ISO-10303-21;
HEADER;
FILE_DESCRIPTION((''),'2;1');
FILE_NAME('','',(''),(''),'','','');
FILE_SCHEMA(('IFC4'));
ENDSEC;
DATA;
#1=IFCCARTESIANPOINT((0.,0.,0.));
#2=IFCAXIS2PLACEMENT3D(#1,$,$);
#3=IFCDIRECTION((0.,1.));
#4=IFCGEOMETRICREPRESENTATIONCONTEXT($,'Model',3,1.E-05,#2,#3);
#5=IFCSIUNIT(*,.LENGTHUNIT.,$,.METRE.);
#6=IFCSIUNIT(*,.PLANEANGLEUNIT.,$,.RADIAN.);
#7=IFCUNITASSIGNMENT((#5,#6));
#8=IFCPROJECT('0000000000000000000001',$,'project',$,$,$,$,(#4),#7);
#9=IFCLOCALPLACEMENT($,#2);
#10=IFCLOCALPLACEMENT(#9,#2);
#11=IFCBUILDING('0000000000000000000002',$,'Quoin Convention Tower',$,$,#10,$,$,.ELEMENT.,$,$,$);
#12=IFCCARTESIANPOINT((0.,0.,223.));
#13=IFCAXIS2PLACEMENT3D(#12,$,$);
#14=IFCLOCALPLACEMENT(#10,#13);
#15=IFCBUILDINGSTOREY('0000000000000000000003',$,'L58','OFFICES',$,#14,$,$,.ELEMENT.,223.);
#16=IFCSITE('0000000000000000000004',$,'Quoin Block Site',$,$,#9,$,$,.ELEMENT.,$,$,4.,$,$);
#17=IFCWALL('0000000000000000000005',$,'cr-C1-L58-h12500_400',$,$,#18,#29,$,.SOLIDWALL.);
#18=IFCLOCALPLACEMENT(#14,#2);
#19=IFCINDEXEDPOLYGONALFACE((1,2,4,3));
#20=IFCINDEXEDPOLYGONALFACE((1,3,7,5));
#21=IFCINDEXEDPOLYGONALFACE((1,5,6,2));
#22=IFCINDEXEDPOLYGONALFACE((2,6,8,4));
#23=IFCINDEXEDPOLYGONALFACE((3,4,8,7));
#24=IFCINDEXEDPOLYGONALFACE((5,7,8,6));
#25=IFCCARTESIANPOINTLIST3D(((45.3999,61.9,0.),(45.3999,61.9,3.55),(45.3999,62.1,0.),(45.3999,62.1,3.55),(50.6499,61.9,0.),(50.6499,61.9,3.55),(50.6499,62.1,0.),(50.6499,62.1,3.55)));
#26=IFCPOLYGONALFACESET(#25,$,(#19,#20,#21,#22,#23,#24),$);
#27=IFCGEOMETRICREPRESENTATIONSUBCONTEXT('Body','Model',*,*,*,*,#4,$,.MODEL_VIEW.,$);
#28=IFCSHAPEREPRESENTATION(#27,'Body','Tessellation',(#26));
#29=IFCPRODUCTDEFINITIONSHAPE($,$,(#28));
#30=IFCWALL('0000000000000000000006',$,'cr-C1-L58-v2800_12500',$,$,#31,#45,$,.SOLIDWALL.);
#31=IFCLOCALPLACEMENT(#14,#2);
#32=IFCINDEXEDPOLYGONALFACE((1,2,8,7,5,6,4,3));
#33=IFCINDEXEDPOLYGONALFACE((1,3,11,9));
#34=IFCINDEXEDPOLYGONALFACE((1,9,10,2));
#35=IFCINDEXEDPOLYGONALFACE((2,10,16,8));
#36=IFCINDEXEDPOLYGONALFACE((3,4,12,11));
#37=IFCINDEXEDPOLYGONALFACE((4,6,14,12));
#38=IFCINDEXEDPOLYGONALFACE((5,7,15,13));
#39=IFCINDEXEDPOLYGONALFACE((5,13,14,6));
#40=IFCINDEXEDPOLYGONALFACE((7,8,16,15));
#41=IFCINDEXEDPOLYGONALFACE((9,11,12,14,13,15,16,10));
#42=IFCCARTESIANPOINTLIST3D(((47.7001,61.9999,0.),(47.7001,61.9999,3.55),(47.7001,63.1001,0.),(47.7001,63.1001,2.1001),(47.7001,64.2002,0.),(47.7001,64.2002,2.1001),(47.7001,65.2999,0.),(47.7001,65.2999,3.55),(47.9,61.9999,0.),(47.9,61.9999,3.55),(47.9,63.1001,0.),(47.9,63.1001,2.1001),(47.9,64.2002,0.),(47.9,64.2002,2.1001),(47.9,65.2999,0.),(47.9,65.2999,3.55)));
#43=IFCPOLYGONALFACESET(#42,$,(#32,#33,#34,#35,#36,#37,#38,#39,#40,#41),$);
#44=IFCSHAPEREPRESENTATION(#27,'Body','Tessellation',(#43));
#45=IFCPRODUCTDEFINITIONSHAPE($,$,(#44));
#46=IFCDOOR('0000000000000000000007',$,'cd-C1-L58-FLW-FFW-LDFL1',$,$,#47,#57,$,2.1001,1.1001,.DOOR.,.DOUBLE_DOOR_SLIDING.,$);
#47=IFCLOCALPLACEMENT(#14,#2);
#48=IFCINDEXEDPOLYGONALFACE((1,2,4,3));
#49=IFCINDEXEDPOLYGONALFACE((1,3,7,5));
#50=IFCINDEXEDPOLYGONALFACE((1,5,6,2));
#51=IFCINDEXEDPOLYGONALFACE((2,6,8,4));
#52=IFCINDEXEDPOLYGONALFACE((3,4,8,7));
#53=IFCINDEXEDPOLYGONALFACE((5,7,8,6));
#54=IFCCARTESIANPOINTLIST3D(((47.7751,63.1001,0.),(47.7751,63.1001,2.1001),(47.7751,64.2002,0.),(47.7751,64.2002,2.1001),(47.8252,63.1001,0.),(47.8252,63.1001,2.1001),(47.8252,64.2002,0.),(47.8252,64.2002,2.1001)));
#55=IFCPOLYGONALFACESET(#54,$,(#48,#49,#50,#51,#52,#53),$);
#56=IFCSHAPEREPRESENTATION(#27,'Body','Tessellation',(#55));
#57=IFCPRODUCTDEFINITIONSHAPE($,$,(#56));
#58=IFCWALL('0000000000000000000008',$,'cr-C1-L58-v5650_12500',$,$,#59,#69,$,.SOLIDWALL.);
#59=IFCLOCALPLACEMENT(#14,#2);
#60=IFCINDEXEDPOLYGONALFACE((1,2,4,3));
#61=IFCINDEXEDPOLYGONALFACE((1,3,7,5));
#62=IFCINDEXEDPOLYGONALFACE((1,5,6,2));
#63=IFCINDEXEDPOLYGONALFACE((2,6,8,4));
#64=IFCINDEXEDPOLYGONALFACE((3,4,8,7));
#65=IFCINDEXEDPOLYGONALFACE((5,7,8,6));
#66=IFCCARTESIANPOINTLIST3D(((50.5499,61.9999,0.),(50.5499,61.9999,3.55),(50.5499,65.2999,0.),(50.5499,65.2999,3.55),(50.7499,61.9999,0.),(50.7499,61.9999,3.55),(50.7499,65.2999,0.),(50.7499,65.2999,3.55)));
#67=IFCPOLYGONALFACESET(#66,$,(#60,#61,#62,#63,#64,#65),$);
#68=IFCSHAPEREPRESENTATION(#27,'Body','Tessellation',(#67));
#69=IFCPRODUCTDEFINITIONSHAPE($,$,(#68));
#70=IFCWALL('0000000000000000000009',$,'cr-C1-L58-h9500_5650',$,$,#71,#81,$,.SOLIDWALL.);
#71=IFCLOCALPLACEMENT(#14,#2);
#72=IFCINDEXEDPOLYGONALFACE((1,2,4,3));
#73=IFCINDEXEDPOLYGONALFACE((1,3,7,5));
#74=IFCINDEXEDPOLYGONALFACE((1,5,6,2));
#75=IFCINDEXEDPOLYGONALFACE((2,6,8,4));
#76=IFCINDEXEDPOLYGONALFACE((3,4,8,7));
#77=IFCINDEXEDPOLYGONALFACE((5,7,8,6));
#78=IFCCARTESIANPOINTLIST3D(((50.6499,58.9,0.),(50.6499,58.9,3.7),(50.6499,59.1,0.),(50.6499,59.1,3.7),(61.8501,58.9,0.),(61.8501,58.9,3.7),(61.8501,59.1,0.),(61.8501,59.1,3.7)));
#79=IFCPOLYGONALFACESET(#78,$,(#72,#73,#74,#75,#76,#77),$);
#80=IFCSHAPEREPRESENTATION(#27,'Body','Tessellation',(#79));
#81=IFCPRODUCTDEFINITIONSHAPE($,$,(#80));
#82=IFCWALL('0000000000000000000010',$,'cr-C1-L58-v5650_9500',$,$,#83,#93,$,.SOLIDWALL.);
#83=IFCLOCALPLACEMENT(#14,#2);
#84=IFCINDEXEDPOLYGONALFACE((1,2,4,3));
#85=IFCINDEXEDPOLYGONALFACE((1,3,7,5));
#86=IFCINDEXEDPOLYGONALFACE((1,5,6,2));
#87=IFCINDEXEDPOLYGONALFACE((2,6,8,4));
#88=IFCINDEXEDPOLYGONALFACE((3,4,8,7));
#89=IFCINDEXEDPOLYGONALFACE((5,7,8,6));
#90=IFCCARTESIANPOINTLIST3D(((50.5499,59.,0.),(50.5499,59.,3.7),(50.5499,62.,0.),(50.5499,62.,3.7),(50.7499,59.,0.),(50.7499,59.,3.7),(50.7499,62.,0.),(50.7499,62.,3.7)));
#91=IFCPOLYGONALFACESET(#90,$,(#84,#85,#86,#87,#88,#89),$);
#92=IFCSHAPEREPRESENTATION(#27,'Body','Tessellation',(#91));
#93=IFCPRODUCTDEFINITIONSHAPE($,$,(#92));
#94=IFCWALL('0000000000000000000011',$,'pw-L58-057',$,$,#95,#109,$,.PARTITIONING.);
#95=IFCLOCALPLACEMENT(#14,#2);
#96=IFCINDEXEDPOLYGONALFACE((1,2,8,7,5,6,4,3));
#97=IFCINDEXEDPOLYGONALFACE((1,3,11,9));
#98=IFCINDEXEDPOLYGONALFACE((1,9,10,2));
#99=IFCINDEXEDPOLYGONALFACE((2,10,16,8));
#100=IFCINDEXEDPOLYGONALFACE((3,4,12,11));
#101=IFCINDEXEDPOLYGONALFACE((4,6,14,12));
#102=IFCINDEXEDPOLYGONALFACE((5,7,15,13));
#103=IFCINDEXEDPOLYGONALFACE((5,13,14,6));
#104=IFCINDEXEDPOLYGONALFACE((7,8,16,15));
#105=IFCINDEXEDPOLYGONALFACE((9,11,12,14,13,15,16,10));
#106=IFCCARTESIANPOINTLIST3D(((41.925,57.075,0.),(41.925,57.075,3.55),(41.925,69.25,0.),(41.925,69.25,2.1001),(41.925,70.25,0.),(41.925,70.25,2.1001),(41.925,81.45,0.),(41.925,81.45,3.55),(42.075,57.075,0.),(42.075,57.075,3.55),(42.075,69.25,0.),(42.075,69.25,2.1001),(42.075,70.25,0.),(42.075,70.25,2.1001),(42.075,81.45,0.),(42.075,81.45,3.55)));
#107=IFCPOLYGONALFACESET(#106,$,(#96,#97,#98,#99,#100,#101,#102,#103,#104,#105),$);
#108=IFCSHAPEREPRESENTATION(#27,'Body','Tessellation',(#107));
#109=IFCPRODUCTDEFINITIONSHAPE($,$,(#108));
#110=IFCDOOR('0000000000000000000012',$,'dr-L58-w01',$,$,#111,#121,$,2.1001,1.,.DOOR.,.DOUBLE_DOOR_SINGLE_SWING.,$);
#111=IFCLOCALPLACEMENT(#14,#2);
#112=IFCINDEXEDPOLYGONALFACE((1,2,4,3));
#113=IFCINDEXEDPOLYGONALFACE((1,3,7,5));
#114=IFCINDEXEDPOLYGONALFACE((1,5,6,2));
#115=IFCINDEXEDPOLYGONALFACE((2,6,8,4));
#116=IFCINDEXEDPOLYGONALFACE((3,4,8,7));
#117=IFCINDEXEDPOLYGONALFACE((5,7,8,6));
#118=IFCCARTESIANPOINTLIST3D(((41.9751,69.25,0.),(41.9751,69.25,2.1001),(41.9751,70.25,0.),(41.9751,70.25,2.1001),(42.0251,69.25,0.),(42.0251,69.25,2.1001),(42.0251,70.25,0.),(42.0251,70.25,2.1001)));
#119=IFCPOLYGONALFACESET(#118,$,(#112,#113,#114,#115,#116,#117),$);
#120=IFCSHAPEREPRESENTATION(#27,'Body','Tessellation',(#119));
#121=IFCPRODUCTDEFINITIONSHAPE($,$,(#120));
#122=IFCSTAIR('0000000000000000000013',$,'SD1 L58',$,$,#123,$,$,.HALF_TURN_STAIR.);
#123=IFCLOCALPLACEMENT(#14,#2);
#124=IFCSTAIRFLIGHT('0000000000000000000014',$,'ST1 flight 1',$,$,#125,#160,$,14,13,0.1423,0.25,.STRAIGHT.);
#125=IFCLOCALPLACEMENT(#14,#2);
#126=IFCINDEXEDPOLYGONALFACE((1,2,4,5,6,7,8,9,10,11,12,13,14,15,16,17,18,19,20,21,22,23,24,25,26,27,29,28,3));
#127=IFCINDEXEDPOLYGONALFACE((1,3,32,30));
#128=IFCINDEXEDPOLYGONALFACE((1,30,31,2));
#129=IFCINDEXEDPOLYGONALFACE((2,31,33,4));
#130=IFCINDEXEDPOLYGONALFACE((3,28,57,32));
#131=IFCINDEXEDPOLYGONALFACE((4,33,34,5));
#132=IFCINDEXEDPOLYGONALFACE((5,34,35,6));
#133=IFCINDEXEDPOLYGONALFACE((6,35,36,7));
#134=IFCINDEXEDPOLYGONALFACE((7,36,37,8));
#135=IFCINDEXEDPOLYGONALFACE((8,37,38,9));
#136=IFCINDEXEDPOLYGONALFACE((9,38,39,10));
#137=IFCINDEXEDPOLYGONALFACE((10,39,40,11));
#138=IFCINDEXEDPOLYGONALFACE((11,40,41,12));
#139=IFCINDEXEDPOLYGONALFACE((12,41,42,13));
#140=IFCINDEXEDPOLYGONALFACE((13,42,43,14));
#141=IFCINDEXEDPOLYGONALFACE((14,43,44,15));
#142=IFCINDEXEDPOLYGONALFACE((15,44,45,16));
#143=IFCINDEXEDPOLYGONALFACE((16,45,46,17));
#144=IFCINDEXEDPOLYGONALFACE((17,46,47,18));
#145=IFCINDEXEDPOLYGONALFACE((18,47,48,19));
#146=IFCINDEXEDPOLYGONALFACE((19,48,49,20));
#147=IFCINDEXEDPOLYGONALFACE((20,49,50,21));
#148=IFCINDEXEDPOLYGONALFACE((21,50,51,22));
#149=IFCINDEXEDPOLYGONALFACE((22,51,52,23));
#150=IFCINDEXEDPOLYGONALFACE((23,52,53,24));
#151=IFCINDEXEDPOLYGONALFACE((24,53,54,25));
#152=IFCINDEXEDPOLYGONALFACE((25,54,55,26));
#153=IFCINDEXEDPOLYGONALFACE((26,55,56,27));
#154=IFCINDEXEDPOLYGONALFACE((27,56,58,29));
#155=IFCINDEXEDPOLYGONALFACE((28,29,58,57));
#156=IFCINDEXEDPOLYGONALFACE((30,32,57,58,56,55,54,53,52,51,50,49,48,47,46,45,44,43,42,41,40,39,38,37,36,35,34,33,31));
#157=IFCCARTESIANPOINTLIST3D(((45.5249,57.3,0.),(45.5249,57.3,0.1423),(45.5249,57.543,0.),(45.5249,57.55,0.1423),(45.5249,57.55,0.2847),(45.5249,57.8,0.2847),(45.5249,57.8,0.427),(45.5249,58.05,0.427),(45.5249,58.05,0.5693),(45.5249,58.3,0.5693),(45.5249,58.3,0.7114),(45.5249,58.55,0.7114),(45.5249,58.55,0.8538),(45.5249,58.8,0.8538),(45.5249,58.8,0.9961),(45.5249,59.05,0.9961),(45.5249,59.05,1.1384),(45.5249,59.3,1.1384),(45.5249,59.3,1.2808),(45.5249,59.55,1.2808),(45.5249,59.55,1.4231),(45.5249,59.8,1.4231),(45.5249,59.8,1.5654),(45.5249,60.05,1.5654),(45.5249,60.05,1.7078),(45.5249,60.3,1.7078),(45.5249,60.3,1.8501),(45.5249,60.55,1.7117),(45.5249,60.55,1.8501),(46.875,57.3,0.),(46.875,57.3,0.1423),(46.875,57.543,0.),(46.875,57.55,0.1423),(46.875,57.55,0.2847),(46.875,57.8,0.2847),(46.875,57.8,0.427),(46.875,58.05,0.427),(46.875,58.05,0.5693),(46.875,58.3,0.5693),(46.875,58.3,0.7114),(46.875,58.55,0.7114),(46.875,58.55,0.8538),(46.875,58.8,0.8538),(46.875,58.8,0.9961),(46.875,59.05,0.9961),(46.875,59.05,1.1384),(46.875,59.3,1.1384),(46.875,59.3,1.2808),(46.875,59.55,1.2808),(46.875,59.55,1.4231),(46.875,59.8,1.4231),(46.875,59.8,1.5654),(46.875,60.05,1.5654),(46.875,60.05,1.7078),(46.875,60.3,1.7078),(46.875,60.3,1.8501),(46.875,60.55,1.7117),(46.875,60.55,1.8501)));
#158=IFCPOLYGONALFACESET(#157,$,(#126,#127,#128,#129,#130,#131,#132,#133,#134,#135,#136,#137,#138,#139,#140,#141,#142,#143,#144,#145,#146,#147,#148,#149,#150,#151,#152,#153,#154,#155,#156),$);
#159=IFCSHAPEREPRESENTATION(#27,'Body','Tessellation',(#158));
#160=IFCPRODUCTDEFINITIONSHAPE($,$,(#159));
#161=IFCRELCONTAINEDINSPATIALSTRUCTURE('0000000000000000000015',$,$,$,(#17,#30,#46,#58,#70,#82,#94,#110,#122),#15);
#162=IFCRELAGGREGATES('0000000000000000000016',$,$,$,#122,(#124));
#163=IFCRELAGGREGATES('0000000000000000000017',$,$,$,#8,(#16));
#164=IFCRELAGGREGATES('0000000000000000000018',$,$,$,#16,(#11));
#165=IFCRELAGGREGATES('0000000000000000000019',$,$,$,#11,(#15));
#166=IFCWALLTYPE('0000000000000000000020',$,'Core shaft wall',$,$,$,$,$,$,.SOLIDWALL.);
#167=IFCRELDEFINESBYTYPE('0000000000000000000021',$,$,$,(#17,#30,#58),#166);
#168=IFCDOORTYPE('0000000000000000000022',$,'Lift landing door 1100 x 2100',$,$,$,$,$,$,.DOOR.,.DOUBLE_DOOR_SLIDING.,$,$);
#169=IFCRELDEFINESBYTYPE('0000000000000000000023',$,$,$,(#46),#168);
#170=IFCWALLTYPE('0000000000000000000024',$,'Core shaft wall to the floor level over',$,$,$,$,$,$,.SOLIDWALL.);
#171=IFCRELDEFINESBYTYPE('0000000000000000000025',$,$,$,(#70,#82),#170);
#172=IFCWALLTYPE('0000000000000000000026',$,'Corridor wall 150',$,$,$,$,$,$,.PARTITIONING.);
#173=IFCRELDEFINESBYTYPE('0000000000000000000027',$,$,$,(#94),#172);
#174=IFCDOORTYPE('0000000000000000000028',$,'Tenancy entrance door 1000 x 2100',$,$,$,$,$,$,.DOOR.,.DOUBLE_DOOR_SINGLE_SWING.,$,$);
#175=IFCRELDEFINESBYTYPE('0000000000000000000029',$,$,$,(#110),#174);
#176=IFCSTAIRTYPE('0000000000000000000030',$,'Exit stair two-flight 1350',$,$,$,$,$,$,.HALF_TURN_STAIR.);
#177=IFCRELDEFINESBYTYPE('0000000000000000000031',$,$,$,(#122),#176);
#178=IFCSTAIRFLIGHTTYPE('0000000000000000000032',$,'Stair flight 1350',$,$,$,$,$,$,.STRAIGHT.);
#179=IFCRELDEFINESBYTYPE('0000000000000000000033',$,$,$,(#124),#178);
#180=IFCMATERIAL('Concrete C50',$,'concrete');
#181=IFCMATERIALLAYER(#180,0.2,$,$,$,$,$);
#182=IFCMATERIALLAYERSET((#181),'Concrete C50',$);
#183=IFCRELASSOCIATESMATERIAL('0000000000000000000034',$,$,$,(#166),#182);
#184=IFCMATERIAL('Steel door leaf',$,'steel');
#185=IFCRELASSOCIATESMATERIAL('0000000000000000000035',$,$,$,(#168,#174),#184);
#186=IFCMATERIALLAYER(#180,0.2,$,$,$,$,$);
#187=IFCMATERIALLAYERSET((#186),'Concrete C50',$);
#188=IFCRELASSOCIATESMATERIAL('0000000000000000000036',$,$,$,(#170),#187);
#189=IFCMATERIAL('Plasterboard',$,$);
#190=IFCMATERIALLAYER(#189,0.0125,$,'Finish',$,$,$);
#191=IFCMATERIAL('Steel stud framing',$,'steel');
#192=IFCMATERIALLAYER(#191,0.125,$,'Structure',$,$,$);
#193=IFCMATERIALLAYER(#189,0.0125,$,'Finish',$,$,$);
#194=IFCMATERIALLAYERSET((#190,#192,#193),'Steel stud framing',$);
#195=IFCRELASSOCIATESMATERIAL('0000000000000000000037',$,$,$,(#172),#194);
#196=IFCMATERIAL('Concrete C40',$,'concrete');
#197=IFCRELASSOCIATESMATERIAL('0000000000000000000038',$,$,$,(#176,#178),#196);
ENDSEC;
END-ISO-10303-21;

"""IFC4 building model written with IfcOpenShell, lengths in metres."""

from ifc_helpers import new_model, si_unit, direction, frame, frame_2d, origin, place, context, subcontext, project, spatial, polyline, rectangle, outline, extrude, material, layer, layer_set, type_object, element, fill, aggregate, save


model = new_model("IFC4")

# Units and contexts
model_context = context("Model", 3, precision=1e-05, world=origin(), true_north=direction((0.0, 1.0)))
body_context = subcontext(model_context, "Body", "Model", "MODEL_VIEW")
ifc_project = project(units=[si_unit("LENGTHUNIT", "METRE"), si_unit("PLANEANGLEUNIT", "RADIAN")], contexts=[model_context])

# Site, building, storey
site_placement = place(None, origin())
site = spatial("IfcSite", under=ifc_project, at=site_placement, Name="Quoin Block Site", CompositionType="ELEMENT", RefElevation=4.0)
building_placement = place(site_placement, origin())
building = spatial("IfcBuilding", under=site, at=building_placement, Name="Quoin Convention Tower", CompositionType="ELEMENT")
storey_placement = place(building_placement, frame((0.0, 0.0, 223.0)))
storey = spatial("IfcBuildingStorey", under=building, at=storey_placement, Name="L58", Description="OFFICES", CompositionType="ELEMENT", Elevation=223.0)

# Wall
ifc_material_1 = material(Name="Concrete C50", Category="concrete")
ifc_layer_1 = layer(ifc_material_1, 0.2)
ifc_layer_set_1 = layer_set([ifc_layer_1], Name="Concrete C50")
wall_type_1 = type_object("IfcWallType", Name="Core shaft wall", PredefinedType="SOLIDWALL", material=ifc_layer_set_1)
wall_1_placement = place(storey_placement, frame((45.3999, 62.0, 0.0), z_axis=(0.0, 0.0, 1.0), x_axis=(1.0, 0.0, 0.0)))
element("IfcWall", 1, at=wall_1_placement, inside=storey, type_object=wall_type_1, Name="cr-C1-L58-h12500_400", PredefinedType="SOLIDWALL", context=body_context, shape_type="SweptSolid", body=[
    extrude(rectangle(XDim=5.25, YDim=0.2, at=frame_2d((2.625, 0.0))), origin(), (0.0, 0.0, 1.0), 3.55),
])

# Wall, opening, door
wall_2_placement = place(storey_placement, frame((47.8, 62.0, 0.0), z_axis=(0.0, 0.0, 1.0), x_axis=(0.0, 1.0, 0.0)))
wall_2 = element("IfcWall", 2, at=wall_2_placement, inside=storey, type_object=wall_type_1, Name="cr-C1-L58-v2800_12500", PredefinedType="SOLIDWALL", context=body_context, shape_type="SweptSolid", body=[
    extrude(rectangle(XDim=3.3, YDim=0.2, at=frame_2d((1.6499, 0.0))), origin(), (0.0, 0.0, 1.0), 3.55),
])
opening_1_placement = place(wall_2_placement, frame((1.1001, 0.0, 0.0)))
opening_1 = element("IfcOpeningElement", 3, at=opening_1_placement, cuts=wall_2, PredefinedType="OPENING", context=body_context, shape_type="SweptSolid", body=[
    extrude(rectangle(XDim=1.1001, YDim=2.1001, at=frame_2d((0.55, 1.05))), frame((0.0, 0.1099, 0.0), z_axis=(0.0, -1.0, 0.0), x_axis=(1.0, 0.0, 0.0)), (0.0, 0.0, 1.0), 0.22),
])
ifc_material_2 = material(Name="Steel door leaf", Category="steel")
door_type_1 = type_object("IfcDoorType", Name="Lift landing door 1100 x 2100", OperationType="DOUBLE_DOOR_SLIDING", PredefinedType="DOOR", material=ifc_material_2)
door_1_placement = place(opening_1_placement, origin())
door_1 = element("IfcDoor", 4, at=door_1_placement, inside=storey, type_object=door_type_1, Name="cd-C1-L58-FLW-FFW-LDFL1", OperationType="DOUBLE_DOOR_SLIDING", OverallHeight=2.1001, OverallWidth=1.1001, PredefinedType="DOOR", context=body_context, shape_type="SweptSolid", body=[
    extrude(rectangle(XDim=1.1001, YDim=2.1001, at=frame_2d((0.55, 1.05))), frame((0.0, 0.0249, 0.0), z_axis=(0.0, -1.0, 0.0), x_axis=(1.0, 0.0, 0.0)), (0.0, 0.0, 1.0), 0.05),
])
fill(opening_1, door_1)

# Walls
wall_3_placement = place(storey_placement, frame((50.6499, 62.0, 0.0), z_axis=(0.0, 0.0, 1.0), x_axis=(0.0, 1.0, 0.0)))
element("IfcWall", 5, at=wall_3_placement, inside=storey, type_object=wall_type_1, Name="cr-C1-L58-v5650_12500", PredefinedType="SOLIDWALL", context=body_context, shape_type="SweptSolid", body=[
    extrude(rectangle(XDim=3.3, YDim=0.2, at=frame_2d((1.6499, 0.0))), origin(), (0.0, 0.0, 1.0), 3.55),
])
ifc_layer_2 = layer(ifc_material_1, 0.2)
ifc_layer_set_2 = layer_set([ifc_layer_2], Name="Concrete C50")
wall_type_2 = type_object("IfcWallType", Name="Core shaft wall to the floor level over", PredefinedType="SOLIDWALL", material=ifc_layer_set_2)
wall_4_placement = place(storey_placement, frame((50.6499, 59.0, 0.0), z_axis=(0.0, 0.0, 1.0), x_axis=(1.0, 0.0, 0.0)))
element("IfcWall", 6, at=wall_4_placement, inside=storey, type_object=wall_type_2, Name="cr-C1-L58-h9500_5650", PredefinedType="SOLIDWALL", context=body_context, shape_type="SweptSolid", body=[
    extrude(rectangle(XDim=11.2002, YDim=0.2, at=frame_2d((5.6001, 0.0))), origin(), (0.0, 0.0, 1.0), 3.7),
])
wall_5_placement = place(storey_placement, frame((50.6499, 59.0, 0.0), z_axis=(0.0, 0.0, 1.0), x_axis=(0.0, 1.0, 0.0)))
element("IfcWall", 7, at=wall_5_placement, inside=storey, type_object=wall_type_2, Name="cr-C1-L58-v5650_9500", PredefinedType="SOLIDWALL", context=body_context, shape_type="SweptSolid", body=[
    extrude(rectangle(XDim=3.0, YDim=0.2, at=frame_2d((1.5, 0.0))), origin(), (0.0, 0.0, 1.0), 3.7),
])

# Wall, opening, door
ifc_material_3 = material(Name="Plasterboard")
ifc_layer_3 = layer(ifc_material_3, 0.0125, Name="Finish")
ifc_material_4 = material(Name="Steel stud framing", Category="steel")
ifc_layer_4 = layer(ifc_material_4, 0.125, Name="Structure")
ifc_layer_5 = layer(ifc_material_3, 0.0125, Name="Finish")
ifc_layer_set_3 = layer_set([ifc_layer_3, ifc_layer_4, ifc_layer_5], Name="Steel stud framing")
wall_type_3 = type_object("IfcWallType", Name="Corridor wall 150", PredefinedType="PARTITIONING", material=ifc_layer_set_3)
wall_6_placement = place(storey_placement, frame((42.0, 57.075, 0.0), z_axis=(0.0, 0.0, 1.0), x_axis=(0.0, 1.0, 0.0)))
wall_6 = element("IfcWall", 8, at=wall_6_placement, inside=storey, type_object=wall_type_3, Name="pw-L58-057", PredefinedType="PARTITIONING", context=body_context, shape_type="SweptSolid", body=[
    extrude(rectangle(XDim=24.375, YDim=0.1499, at=frame_2d((12.1875, 0.0))), origin(), (0.0, 0.0, 1.0), 3.55),
])
opening_2_placement = place(wall_6_placement, frame((12.175, 0.0, 0.0)))
opening_2 = element("IfcOpeningElement", 9, at=opening_2_placement, cuts=wall_6, PredefinedType="OPENING", context=body_context, shape_type="SweptSolid", body=[
    extrude(rectangle(XDim=1.0, YDim=2.1001, at=frame_2d((0.5, 1.05))), frame((0.0, 0.085, 0.0), z_axis=(0.0, -1.0, 0.0), x_axis=(1.0, 0.0, 0.0)), (0.0, 0.0, 1.0), 0.1699),
])
door_type_2 = type_object("IfcDoorType", Name="Tenancy entrance door 1000 x 2100", OperationType="DOUBLE_DOOR_SINGLE_SWING", PredefinedType="DOOR", material=ifc_material_2)
door_2_placement = place(opening_2_placement, origin())
door_2 = element("IfcDoor", 10, at=door_2_placement, inside=storey, type_object=door_type_2, Name="dr-L58-w01", OperationType="DOUBLE_DOOR_SINGLE_SWING", OverallHeight=2.1001, OverallWidth=1.0, PredefinedType="DOOR", context=body_context, shape_type="SweptSolid", body=[
    extrude(rectangle(XDim=1.0, YDim=2.1001, at=frame_2d((0.5, 1.05))), frame((0.0, 0.0249, 0.0), z_axis=(0.0, -1.0, 0.0), x_axis=(1.0, 0.0, 0.0)), (0.0, 0.0, 1.0), 0.05),
])
fill(opening_2, door_2)

# Stair, stair flight
ifc_material_5 = material(Name="Concrete C40", Category="concrete")
stair_type = type_object("IfcStairType", Name="Exit stair two-flight 1350", PredefinedType="HALF_TURN_STAIR", material=ifc_material_5)
stair_placement = place(storey_placement, origin())
stair = element("IfcStair", 11, at=stair_placement, inside=storey, type_object=stair_type, Name="SD1 L58", PredefinedType="HALF_TURN_STAIR")
stair_flight_type = type_object("IfcStairFlightType", Name="Stair flight 1350", PredefinedType="STRAIGHT", material=ifc_material_5)
stair_flight_1_placement = place(storey_placement, frame((46.2, 57.3, 0.0), z_axis=(0.0, 0.0, 1.0), x_axis=(0.0, 1.0, 0.0)))
stair_flight_1 = element("IfcStairFlight", 12, at=stair_flight_1_placement, type_object=stair_flight_type, Name="ST1 flight 1", NumberOfRisers=14, NumberOfTreads=13, PredefinedType="STRAIGHT", RiserHeight=0.1423, TreadLength=0.25, context=body_context, shape_type="SweptSolid", body=[
    extrude(outline(polyline([(0.0, 0.0), (0.0, 0.1423), (0.25, 0.1423), (0.25, 0.2847), (0.5, 0.2847), (0.5, 0.427), (0.75, 0.427), (0.75, 0.5693), (1.0, 0.5693), (1.0, 0.7114), (1.25, 0.7114), (1.25, 0.8538), (1.5, 0.8538), (1.5, 0.9961), (1.75, 0.9961), (1.75, 1.1384), (2.0, 1.1384), (2.0, 1.2808), (2.25, 1.2808), (2.25, 1.4231), (2.5, 1.4231), (2.5, 1.5654), (2.75, 1.5654), (2.75, 1.7078), (3.0, 1.7078), (3.0, 1.8501), (3.25, 1.8501), (3.25, 1.9922), (3.25, 1.7117), (0.2429, 0.0), (0.0, 0.0)])), frame((0.0, 0.675, 0.0), z_axis=(0.0, -1.0, 0.0), x_axis=(1.0, 0.0, 0.0)), (0.0, 0.0, 1.0), 1.3501),
])
aggregate(stair, [stair_flight_1])

save(model, "model.ifc")
